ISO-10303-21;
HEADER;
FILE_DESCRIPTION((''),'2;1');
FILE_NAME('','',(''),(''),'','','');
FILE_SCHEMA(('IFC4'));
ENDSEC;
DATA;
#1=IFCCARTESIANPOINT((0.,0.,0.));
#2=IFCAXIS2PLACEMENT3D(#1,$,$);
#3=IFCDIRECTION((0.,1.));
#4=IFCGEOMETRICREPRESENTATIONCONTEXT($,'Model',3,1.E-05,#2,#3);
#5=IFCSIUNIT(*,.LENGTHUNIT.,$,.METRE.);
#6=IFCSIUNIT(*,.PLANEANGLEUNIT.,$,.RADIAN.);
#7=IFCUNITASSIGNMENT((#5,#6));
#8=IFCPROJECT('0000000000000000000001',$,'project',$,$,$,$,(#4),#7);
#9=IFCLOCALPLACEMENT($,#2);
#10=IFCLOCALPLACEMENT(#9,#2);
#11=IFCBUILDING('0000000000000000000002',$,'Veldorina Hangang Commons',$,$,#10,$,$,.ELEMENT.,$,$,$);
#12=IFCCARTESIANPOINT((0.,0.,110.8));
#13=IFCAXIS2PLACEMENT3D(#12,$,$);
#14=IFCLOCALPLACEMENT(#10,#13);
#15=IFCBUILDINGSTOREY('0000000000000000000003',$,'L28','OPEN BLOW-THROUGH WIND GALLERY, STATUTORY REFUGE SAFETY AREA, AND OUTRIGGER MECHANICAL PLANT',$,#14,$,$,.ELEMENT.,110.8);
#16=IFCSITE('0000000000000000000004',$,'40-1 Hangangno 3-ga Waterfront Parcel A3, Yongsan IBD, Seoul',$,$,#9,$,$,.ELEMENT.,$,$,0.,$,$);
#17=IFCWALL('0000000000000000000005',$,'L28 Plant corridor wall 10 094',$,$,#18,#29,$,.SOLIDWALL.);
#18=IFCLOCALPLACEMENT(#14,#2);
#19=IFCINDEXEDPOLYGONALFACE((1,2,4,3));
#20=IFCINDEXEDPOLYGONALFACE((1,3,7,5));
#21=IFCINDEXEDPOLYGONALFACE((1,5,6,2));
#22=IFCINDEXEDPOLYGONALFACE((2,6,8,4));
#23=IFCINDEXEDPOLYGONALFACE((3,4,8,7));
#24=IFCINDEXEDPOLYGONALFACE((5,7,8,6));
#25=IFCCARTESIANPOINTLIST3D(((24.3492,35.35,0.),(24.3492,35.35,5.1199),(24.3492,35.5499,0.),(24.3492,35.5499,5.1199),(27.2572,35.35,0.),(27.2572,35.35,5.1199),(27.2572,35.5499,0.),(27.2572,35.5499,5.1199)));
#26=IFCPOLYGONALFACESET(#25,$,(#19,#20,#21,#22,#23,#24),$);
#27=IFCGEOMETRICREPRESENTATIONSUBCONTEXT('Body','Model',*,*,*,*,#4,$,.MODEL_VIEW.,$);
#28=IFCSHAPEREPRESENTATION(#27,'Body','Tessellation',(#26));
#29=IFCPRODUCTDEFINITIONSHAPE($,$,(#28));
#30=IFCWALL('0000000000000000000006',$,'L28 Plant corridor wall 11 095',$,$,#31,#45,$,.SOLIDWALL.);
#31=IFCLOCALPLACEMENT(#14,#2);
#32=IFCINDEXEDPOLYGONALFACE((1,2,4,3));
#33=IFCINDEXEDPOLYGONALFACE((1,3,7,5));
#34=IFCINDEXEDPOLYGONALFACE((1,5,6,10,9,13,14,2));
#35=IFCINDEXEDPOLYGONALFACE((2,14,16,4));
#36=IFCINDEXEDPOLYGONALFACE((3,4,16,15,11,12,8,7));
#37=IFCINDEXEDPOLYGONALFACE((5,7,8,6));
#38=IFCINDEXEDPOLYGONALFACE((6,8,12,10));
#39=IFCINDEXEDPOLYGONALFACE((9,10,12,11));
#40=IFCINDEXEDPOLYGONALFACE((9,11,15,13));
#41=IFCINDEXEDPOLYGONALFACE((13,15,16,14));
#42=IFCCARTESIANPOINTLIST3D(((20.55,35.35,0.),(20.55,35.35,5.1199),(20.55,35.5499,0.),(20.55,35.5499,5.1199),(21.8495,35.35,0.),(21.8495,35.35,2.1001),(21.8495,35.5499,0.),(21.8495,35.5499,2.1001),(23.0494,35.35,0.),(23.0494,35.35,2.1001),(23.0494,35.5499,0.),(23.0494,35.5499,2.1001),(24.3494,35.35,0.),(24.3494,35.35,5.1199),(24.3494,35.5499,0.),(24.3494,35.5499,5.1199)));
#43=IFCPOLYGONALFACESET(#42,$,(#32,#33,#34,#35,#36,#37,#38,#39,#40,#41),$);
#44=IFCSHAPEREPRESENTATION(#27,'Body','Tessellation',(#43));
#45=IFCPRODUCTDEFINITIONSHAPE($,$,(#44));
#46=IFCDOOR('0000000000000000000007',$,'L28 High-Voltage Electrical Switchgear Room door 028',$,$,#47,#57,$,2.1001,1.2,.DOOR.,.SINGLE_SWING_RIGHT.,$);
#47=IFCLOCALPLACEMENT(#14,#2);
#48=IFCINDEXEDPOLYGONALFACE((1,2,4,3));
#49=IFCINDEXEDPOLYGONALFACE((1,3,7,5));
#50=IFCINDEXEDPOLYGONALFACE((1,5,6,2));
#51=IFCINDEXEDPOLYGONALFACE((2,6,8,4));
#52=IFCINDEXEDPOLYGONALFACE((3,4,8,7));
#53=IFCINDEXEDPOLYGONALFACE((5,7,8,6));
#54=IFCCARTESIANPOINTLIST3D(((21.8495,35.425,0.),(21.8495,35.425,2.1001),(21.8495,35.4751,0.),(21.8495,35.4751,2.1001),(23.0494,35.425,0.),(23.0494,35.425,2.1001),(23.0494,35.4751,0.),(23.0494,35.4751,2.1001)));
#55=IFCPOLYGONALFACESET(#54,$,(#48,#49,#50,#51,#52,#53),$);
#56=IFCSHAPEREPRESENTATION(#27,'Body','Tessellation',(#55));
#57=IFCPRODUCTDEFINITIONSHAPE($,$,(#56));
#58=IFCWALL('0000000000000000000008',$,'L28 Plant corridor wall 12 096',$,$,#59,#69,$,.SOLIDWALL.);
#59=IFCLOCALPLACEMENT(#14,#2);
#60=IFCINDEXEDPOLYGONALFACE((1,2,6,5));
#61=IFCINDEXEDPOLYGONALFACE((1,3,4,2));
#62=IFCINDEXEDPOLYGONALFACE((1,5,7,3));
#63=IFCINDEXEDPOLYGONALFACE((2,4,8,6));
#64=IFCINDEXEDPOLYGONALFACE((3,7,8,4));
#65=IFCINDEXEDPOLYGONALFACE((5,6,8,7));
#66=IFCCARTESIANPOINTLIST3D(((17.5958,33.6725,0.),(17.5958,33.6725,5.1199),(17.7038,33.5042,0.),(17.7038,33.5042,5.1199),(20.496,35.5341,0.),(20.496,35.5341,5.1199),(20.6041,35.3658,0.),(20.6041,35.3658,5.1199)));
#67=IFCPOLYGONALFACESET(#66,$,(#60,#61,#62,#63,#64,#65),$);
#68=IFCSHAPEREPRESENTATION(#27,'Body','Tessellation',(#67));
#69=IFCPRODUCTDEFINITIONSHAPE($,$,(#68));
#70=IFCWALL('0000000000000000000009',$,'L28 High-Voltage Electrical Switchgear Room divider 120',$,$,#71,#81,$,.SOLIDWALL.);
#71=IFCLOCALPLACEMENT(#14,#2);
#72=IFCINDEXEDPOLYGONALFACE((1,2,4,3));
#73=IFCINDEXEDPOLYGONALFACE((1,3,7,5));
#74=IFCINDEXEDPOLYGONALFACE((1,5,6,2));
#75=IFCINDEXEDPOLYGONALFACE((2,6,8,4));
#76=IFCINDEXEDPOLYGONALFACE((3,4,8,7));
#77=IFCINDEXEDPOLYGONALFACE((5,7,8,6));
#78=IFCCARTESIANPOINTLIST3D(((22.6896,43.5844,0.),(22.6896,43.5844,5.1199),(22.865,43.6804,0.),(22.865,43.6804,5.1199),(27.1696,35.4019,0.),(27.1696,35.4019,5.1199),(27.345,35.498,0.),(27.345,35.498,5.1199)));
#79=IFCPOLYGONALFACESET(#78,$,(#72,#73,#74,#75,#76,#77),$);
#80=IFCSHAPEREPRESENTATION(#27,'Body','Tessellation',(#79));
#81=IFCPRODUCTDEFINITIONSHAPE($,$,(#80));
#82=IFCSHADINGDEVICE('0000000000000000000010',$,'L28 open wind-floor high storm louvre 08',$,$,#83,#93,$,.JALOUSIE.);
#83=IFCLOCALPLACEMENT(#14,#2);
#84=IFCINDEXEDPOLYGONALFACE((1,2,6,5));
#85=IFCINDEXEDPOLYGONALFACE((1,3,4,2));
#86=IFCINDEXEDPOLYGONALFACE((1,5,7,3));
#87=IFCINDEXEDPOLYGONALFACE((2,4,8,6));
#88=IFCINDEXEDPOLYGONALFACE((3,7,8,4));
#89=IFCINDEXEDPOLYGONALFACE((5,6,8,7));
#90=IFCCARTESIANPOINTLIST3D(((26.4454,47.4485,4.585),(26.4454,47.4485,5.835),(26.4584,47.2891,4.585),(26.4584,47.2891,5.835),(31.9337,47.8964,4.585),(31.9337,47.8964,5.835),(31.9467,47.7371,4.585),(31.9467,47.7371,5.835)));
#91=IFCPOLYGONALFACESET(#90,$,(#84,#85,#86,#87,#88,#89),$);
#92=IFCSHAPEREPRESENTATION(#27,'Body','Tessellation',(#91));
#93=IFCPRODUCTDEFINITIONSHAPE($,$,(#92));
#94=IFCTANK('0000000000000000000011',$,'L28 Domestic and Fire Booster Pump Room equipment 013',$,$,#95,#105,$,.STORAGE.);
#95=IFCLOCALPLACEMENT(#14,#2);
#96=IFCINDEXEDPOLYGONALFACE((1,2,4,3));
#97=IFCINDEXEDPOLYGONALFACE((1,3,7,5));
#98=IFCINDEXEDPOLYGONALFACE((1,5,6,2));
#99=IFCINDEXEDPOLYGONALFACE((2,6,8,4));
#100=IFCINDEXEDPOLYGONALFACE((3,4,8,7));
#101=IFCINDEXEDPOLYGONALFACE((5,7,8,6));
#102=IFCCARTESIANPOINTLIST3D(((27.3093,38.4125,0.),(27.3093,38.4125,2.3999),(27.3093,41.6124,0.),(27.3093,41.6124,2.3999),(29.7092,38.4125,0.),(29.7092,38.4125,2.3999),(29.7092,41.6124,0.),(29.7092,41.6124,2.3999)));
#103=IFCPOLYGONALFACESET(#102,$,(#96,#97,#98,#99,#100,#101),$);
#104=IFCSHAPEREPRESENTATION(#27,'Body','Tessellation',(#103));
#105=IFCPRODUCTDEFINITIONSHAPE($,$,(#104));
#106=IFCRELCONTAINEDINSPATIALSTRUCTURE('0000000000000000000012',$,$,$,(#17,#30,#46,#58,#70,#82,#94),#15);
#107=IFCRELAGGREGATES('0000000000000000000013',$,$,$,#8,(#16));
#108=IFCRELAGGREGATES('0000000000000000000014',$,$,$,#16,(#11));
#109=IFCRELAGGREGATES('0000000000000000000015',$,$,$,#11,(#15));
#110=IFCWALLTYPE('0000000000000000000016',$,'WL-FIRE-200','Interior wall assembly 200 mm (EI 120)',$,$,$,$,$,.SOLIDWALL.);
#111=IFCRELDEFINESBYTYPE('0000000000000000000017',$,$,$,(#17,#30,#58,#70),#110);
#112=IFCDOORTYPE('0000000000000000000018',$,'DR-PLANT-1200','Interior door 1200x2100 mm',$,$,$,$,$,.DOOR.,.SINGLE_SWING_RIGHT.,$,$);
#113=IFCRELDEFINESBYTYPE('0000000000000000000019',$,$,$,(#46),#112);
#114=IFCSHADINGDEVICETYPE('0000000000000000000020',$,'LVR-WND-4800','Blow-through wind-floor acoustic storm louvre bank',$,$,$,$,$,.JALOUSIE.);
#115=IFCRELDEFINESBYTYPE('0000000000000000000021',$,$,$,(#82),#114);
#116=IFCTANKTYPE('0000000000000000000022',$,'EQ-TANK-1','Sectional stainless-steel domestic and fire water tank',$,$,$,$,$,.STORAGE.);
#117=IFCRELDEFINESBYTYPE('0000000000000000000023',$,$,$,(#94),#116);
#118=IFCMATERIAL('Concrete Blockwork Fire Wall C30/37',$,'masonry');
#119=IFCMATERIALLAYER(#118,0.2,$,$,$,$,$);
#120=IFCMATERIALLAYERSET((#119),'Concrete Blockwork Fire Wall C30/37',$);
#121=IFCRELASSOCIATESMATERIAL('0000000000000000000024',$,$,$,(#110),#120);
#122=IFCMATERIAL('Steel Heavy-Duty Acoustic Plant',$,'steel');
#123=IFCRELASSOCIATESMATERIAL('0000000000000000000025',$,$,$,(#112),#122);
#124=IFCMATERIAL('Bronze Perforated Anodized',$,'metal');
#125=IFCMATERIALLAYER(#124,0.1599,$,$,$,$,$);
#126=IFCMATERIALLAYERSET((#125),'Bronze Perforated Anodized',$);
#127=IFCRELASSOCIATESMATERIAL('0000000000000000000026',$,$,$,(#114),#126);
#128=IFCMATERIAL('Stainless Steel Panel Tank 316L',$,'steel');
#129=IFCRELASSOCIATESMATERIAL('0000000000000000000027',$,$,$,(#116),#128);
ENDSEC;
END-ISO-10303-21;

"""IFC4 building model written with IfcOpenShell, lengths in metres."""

from ifc_helpers import new_model, si_unit, direction, frame, frame_2d, origin, origin_2d, place, context, subcontext, project, spatial, rectangle, extrude, material, layer, layer_set, type_object, element, fill, save


model = new_model("IFC4")

# Units and contexts
model_context = context("Model", 3, precision=1e-05, world=origin(), true_north=direction((0.0, 1.0)))
body_context = subcontext(model_context, "Body", "Model", "MODEL_VIEW")
ifc_project = project(units=[si_unit("LENGTHUNIT", "METRE"), si_unit("PLANEANGLEUNIT", "RADIAN")], contexts=[model_context])

# Site, building, storey
site_placement = place(None, origin())
site = spatial("IfcSite", under=ifc_project, at=site_placement, Name="40-1 Hangangno 3-ga Waterfront Parcel A3, Yongsan IBD, Seoul", CompositionType="ELEMENT", RefElevation=0.0)
building_placement = place(site_placement, origin())
building = spatial("IfcBuilding", under=site, at=building_placement, Name="Veldorina Hangang Commons", CompositionType="ELEMENT")
storey_placement = place(building_placement, frame((0.0, 0.0, 110.8)))
storey = spatial("IfcBuildingStorey", under=building, at=storey_placement, Name="L28", Description="OPEN BLOW-THROUGH WIND GALLERY, STATUTORY REFUGE SAFETY AREA, AND OUTRIGGER MECHANICAL PLANT", CompositionType="ELEMENT", Elevation=110.8)

# Shared definitions
ifc_material_1 = material(Name="Concrete Blockwork Fire Wall C30/37", Category="masonry")
ifc_layer_1 = layer(ifc_material_1, 0.2)
ifc_layer_set_1 = layer_set([ifc_layer_1], Name="Concrete Blockwork Fire Wall C30/37")
wall_type = type_object("IfcWallType", Name="WL-FIRE-200", Description="Interior wall assembly 200 mm (EI 120)", PredefinedType="SOLIDWALL", material=ifc_layer_set_1)

# Wall
wall_1_placement = place(storey_placement, frame((27.2573, 35.45, 0.0), z_axis=(0.0, 0.0, 1.0), x_axis=(-1.0, 0.0, 0.0)))
element("IfcWall", 1, at=wall_1_placement, inside=storey, type_object=wall_type, Name="L28 Plant corridor wall 10 094", PredefinedType="SOLIDWALL", context=body_context, shape_type="SweptSolid", body=[
    extrude(rectangle(XDim=2.908, YDim=0.2, at=frame_2d((1.4541, 0.0))), origin(), (0.0, 0.0, 1.0), 5.1199),
])

# Wall, opening, door
wall_2_placement = place(storey_placement, frame((24.3494, 35.45, 0.0), z_axis=(0.0, 0.0, 1.0), x_axis=(-1.0, 0.0, 0.0)))
wall_2 = element("IfcWall", 2, at=wall_2_placement, inside=storey, type_object=wall_type, Name="L28 Plant corridor wall 11 095", PredefinedType="SOLIDWALL", context=body_context, shape_type="SweptSolid", body=[
    extrude(rectangle(XDim=3.7993, YDim=0.2, at=frame_2d((1.8997, 0.0))), origin(), (0.0, 0.0, 1.0), 5.1199),
])
opening_1_placement = place(wall_2_placement, frame((1.2998, 0.0, 0.0)))
opening_1 = element("IfcOpeningElement", 3, at=opening_1_placement, cuts=wall_2, PredefinedType="OPENING", context=body_context, shape_type="SweptSolid", body=[
    extrude(rectangle(XDim=1.2, YDim=2.1001, at=frame_2d((0.6001, 1.05))), frame((0.0, 0.1099, 0.0), z_axis=(0.0, -1.0, 0.0), x_axis=(1.0, 0.0, 0.0)), (0.0, 0.0, 1.0), 0.22),
])
ifc_material_2 = material(Name="Steel Heavy-Duty Acoustic Plant", Category="steel")
door_type_1 = type_object("IfcDoorType", Name="DR-PLANT-1200", Description="Interior door 1200x2100 mm", OperationType="SINGLE_SWING_RIGHT", PredefinedType="DOOR", material=ifc_material_2)
door_1_placement = place(opening_1_placement, origin())
door_1 = element("IfcDoor", 4, at=door_1_placement, inside=storey, type_object=door_type_1, Name="L28 High-Voltage Electrical Switchgear Room door 028", OperationType="SINGLE_SWING_RIGHT", OverallHeight=2.1001, OverallWidth=1.2, PredefinedType="DOOR", context=body_context, shape_type="SweptSolid", body=[
    extrude(rectangle(XDim=1.2, YDim=2.1001, at=frame_2d((0.6001, 1.05))), frame((0.0, 0.0249, 0.0), z_axis=(0.0, -1.0, 0.0), x_axis=(1.0, 0.0, 0.0)), (0.0, 0.0, 1.0), 0.05),
])
fill(opening_1, door_1)

# Walls
wall_3_placement = place(storey_placement, frame((20.55, 35.45, 0.0), z_axis=(0.0, 0.0, 1.0), x_axis=(-0.841549, -0.540181, 0.0)))
element("IfcWall", 5, at=wall_3_placement, inside=storey, type_object=wall_type, Name="L28 Plant corridor wall 12 096", PredefinedType="SOLIDWALL", context=body_context, shape_type="SweptSolid", body=[
    extrude(rectangle(XDim=3.4463, YDim=0.2, at=frame_2d((1.7231, 0.0))), origin(), (0.0, 0.0, 1.0), 5.1199),
])
wall_4_placement = place(storey_placement, frame((27.2573, 35.45, 0.0), z_axis=(0.0, 0.0, 1.0), x_axis=(-0.480245, 0.877134, 0.0)))
element("IfcWall", 6, at=wall_4_placement, inside=storey, type_object=wall_type, Name="L28 High-Voltage Electrical Switchgear Room divider 120", PredefinedType="SOLIDWALL", context=body_context, shape_type="SweptSolid", body=[
    extrude(rectangle(XDim=9.3286, YDim=0.2, at=frame_2d((4.6643, 0.0))), origin(), (0.0, 0.0, 1.0), 5.1199),
])

# Shading device
ifc_material_3 = material(Name="Bronze Perforated Anodized", Category="metal")
ifc_layer_2 = layer(ifc_material_3, 0.1599)
ifc_layer_set_2 = layer_set([ifc_layer_2], Name="Bronze Perforated Anodized")
shading_device_type = type_object("IfcShadingDeviceType", Name="LVR-WND-4800", Description="Blow-through wind-floor acoustic storm louvre bank", PredefinedType="JALOUSIE", material=ifc_layer_set_2)
shading_device_placement = place(storey_placement, frame((29.196, 47.5928, 4.585), z_axis=(0.0, 0.0, 1.0), x_axis=(-0.996686, -0.081347, 0.0)))
element("IfcShadingDevice", 7, at=shading_device_placement, inside=storey, type_object=shading_device_type, Name="L28 open wind-floor high storm louvre 08", PredefinedType="JALOUSIE", context=body_context, shape_type="SweptSolid", body=[
    extrude(rectangle(XDim=5.5066, YDim=0.1599, at=origin_2d()), origin(), (0.0, 0.0, 1.0), 1.25),
])

# Tank
ifc_material_4 = material(Name="Stainless Steel Panel Tank 316L", Category="steel")
tank_type = type_object("IfcTankType", Name="EQ-TANK-1", Description="Sectional stainless-steel domestic and fire water tank", PredefinedType="STORAGE", material=ifc_material_4)
tank_placement = place(storey_placement, frame((28.5093, 40.0125, 0.0), z_axis=(0.0, 0.0, 1.0), x_axis=(1.0, 0.0, 0.0)))
element("IfcTank", 8, at=tank_placement, inside=storey, type_object=tank_type, Name="L28 Domestic and Fire Booster Pump Room equipment 013", PredefinedType="STORAGE", context=body_context, shape_type="SweptSolid", body=[
    extrude(rectangle(XDim=2.3999, YDim=3.2, at=origin_2d()), origin(), (0.0, 0.0, 1.0), 2.3999),
])

save(model, "model.ifc")
